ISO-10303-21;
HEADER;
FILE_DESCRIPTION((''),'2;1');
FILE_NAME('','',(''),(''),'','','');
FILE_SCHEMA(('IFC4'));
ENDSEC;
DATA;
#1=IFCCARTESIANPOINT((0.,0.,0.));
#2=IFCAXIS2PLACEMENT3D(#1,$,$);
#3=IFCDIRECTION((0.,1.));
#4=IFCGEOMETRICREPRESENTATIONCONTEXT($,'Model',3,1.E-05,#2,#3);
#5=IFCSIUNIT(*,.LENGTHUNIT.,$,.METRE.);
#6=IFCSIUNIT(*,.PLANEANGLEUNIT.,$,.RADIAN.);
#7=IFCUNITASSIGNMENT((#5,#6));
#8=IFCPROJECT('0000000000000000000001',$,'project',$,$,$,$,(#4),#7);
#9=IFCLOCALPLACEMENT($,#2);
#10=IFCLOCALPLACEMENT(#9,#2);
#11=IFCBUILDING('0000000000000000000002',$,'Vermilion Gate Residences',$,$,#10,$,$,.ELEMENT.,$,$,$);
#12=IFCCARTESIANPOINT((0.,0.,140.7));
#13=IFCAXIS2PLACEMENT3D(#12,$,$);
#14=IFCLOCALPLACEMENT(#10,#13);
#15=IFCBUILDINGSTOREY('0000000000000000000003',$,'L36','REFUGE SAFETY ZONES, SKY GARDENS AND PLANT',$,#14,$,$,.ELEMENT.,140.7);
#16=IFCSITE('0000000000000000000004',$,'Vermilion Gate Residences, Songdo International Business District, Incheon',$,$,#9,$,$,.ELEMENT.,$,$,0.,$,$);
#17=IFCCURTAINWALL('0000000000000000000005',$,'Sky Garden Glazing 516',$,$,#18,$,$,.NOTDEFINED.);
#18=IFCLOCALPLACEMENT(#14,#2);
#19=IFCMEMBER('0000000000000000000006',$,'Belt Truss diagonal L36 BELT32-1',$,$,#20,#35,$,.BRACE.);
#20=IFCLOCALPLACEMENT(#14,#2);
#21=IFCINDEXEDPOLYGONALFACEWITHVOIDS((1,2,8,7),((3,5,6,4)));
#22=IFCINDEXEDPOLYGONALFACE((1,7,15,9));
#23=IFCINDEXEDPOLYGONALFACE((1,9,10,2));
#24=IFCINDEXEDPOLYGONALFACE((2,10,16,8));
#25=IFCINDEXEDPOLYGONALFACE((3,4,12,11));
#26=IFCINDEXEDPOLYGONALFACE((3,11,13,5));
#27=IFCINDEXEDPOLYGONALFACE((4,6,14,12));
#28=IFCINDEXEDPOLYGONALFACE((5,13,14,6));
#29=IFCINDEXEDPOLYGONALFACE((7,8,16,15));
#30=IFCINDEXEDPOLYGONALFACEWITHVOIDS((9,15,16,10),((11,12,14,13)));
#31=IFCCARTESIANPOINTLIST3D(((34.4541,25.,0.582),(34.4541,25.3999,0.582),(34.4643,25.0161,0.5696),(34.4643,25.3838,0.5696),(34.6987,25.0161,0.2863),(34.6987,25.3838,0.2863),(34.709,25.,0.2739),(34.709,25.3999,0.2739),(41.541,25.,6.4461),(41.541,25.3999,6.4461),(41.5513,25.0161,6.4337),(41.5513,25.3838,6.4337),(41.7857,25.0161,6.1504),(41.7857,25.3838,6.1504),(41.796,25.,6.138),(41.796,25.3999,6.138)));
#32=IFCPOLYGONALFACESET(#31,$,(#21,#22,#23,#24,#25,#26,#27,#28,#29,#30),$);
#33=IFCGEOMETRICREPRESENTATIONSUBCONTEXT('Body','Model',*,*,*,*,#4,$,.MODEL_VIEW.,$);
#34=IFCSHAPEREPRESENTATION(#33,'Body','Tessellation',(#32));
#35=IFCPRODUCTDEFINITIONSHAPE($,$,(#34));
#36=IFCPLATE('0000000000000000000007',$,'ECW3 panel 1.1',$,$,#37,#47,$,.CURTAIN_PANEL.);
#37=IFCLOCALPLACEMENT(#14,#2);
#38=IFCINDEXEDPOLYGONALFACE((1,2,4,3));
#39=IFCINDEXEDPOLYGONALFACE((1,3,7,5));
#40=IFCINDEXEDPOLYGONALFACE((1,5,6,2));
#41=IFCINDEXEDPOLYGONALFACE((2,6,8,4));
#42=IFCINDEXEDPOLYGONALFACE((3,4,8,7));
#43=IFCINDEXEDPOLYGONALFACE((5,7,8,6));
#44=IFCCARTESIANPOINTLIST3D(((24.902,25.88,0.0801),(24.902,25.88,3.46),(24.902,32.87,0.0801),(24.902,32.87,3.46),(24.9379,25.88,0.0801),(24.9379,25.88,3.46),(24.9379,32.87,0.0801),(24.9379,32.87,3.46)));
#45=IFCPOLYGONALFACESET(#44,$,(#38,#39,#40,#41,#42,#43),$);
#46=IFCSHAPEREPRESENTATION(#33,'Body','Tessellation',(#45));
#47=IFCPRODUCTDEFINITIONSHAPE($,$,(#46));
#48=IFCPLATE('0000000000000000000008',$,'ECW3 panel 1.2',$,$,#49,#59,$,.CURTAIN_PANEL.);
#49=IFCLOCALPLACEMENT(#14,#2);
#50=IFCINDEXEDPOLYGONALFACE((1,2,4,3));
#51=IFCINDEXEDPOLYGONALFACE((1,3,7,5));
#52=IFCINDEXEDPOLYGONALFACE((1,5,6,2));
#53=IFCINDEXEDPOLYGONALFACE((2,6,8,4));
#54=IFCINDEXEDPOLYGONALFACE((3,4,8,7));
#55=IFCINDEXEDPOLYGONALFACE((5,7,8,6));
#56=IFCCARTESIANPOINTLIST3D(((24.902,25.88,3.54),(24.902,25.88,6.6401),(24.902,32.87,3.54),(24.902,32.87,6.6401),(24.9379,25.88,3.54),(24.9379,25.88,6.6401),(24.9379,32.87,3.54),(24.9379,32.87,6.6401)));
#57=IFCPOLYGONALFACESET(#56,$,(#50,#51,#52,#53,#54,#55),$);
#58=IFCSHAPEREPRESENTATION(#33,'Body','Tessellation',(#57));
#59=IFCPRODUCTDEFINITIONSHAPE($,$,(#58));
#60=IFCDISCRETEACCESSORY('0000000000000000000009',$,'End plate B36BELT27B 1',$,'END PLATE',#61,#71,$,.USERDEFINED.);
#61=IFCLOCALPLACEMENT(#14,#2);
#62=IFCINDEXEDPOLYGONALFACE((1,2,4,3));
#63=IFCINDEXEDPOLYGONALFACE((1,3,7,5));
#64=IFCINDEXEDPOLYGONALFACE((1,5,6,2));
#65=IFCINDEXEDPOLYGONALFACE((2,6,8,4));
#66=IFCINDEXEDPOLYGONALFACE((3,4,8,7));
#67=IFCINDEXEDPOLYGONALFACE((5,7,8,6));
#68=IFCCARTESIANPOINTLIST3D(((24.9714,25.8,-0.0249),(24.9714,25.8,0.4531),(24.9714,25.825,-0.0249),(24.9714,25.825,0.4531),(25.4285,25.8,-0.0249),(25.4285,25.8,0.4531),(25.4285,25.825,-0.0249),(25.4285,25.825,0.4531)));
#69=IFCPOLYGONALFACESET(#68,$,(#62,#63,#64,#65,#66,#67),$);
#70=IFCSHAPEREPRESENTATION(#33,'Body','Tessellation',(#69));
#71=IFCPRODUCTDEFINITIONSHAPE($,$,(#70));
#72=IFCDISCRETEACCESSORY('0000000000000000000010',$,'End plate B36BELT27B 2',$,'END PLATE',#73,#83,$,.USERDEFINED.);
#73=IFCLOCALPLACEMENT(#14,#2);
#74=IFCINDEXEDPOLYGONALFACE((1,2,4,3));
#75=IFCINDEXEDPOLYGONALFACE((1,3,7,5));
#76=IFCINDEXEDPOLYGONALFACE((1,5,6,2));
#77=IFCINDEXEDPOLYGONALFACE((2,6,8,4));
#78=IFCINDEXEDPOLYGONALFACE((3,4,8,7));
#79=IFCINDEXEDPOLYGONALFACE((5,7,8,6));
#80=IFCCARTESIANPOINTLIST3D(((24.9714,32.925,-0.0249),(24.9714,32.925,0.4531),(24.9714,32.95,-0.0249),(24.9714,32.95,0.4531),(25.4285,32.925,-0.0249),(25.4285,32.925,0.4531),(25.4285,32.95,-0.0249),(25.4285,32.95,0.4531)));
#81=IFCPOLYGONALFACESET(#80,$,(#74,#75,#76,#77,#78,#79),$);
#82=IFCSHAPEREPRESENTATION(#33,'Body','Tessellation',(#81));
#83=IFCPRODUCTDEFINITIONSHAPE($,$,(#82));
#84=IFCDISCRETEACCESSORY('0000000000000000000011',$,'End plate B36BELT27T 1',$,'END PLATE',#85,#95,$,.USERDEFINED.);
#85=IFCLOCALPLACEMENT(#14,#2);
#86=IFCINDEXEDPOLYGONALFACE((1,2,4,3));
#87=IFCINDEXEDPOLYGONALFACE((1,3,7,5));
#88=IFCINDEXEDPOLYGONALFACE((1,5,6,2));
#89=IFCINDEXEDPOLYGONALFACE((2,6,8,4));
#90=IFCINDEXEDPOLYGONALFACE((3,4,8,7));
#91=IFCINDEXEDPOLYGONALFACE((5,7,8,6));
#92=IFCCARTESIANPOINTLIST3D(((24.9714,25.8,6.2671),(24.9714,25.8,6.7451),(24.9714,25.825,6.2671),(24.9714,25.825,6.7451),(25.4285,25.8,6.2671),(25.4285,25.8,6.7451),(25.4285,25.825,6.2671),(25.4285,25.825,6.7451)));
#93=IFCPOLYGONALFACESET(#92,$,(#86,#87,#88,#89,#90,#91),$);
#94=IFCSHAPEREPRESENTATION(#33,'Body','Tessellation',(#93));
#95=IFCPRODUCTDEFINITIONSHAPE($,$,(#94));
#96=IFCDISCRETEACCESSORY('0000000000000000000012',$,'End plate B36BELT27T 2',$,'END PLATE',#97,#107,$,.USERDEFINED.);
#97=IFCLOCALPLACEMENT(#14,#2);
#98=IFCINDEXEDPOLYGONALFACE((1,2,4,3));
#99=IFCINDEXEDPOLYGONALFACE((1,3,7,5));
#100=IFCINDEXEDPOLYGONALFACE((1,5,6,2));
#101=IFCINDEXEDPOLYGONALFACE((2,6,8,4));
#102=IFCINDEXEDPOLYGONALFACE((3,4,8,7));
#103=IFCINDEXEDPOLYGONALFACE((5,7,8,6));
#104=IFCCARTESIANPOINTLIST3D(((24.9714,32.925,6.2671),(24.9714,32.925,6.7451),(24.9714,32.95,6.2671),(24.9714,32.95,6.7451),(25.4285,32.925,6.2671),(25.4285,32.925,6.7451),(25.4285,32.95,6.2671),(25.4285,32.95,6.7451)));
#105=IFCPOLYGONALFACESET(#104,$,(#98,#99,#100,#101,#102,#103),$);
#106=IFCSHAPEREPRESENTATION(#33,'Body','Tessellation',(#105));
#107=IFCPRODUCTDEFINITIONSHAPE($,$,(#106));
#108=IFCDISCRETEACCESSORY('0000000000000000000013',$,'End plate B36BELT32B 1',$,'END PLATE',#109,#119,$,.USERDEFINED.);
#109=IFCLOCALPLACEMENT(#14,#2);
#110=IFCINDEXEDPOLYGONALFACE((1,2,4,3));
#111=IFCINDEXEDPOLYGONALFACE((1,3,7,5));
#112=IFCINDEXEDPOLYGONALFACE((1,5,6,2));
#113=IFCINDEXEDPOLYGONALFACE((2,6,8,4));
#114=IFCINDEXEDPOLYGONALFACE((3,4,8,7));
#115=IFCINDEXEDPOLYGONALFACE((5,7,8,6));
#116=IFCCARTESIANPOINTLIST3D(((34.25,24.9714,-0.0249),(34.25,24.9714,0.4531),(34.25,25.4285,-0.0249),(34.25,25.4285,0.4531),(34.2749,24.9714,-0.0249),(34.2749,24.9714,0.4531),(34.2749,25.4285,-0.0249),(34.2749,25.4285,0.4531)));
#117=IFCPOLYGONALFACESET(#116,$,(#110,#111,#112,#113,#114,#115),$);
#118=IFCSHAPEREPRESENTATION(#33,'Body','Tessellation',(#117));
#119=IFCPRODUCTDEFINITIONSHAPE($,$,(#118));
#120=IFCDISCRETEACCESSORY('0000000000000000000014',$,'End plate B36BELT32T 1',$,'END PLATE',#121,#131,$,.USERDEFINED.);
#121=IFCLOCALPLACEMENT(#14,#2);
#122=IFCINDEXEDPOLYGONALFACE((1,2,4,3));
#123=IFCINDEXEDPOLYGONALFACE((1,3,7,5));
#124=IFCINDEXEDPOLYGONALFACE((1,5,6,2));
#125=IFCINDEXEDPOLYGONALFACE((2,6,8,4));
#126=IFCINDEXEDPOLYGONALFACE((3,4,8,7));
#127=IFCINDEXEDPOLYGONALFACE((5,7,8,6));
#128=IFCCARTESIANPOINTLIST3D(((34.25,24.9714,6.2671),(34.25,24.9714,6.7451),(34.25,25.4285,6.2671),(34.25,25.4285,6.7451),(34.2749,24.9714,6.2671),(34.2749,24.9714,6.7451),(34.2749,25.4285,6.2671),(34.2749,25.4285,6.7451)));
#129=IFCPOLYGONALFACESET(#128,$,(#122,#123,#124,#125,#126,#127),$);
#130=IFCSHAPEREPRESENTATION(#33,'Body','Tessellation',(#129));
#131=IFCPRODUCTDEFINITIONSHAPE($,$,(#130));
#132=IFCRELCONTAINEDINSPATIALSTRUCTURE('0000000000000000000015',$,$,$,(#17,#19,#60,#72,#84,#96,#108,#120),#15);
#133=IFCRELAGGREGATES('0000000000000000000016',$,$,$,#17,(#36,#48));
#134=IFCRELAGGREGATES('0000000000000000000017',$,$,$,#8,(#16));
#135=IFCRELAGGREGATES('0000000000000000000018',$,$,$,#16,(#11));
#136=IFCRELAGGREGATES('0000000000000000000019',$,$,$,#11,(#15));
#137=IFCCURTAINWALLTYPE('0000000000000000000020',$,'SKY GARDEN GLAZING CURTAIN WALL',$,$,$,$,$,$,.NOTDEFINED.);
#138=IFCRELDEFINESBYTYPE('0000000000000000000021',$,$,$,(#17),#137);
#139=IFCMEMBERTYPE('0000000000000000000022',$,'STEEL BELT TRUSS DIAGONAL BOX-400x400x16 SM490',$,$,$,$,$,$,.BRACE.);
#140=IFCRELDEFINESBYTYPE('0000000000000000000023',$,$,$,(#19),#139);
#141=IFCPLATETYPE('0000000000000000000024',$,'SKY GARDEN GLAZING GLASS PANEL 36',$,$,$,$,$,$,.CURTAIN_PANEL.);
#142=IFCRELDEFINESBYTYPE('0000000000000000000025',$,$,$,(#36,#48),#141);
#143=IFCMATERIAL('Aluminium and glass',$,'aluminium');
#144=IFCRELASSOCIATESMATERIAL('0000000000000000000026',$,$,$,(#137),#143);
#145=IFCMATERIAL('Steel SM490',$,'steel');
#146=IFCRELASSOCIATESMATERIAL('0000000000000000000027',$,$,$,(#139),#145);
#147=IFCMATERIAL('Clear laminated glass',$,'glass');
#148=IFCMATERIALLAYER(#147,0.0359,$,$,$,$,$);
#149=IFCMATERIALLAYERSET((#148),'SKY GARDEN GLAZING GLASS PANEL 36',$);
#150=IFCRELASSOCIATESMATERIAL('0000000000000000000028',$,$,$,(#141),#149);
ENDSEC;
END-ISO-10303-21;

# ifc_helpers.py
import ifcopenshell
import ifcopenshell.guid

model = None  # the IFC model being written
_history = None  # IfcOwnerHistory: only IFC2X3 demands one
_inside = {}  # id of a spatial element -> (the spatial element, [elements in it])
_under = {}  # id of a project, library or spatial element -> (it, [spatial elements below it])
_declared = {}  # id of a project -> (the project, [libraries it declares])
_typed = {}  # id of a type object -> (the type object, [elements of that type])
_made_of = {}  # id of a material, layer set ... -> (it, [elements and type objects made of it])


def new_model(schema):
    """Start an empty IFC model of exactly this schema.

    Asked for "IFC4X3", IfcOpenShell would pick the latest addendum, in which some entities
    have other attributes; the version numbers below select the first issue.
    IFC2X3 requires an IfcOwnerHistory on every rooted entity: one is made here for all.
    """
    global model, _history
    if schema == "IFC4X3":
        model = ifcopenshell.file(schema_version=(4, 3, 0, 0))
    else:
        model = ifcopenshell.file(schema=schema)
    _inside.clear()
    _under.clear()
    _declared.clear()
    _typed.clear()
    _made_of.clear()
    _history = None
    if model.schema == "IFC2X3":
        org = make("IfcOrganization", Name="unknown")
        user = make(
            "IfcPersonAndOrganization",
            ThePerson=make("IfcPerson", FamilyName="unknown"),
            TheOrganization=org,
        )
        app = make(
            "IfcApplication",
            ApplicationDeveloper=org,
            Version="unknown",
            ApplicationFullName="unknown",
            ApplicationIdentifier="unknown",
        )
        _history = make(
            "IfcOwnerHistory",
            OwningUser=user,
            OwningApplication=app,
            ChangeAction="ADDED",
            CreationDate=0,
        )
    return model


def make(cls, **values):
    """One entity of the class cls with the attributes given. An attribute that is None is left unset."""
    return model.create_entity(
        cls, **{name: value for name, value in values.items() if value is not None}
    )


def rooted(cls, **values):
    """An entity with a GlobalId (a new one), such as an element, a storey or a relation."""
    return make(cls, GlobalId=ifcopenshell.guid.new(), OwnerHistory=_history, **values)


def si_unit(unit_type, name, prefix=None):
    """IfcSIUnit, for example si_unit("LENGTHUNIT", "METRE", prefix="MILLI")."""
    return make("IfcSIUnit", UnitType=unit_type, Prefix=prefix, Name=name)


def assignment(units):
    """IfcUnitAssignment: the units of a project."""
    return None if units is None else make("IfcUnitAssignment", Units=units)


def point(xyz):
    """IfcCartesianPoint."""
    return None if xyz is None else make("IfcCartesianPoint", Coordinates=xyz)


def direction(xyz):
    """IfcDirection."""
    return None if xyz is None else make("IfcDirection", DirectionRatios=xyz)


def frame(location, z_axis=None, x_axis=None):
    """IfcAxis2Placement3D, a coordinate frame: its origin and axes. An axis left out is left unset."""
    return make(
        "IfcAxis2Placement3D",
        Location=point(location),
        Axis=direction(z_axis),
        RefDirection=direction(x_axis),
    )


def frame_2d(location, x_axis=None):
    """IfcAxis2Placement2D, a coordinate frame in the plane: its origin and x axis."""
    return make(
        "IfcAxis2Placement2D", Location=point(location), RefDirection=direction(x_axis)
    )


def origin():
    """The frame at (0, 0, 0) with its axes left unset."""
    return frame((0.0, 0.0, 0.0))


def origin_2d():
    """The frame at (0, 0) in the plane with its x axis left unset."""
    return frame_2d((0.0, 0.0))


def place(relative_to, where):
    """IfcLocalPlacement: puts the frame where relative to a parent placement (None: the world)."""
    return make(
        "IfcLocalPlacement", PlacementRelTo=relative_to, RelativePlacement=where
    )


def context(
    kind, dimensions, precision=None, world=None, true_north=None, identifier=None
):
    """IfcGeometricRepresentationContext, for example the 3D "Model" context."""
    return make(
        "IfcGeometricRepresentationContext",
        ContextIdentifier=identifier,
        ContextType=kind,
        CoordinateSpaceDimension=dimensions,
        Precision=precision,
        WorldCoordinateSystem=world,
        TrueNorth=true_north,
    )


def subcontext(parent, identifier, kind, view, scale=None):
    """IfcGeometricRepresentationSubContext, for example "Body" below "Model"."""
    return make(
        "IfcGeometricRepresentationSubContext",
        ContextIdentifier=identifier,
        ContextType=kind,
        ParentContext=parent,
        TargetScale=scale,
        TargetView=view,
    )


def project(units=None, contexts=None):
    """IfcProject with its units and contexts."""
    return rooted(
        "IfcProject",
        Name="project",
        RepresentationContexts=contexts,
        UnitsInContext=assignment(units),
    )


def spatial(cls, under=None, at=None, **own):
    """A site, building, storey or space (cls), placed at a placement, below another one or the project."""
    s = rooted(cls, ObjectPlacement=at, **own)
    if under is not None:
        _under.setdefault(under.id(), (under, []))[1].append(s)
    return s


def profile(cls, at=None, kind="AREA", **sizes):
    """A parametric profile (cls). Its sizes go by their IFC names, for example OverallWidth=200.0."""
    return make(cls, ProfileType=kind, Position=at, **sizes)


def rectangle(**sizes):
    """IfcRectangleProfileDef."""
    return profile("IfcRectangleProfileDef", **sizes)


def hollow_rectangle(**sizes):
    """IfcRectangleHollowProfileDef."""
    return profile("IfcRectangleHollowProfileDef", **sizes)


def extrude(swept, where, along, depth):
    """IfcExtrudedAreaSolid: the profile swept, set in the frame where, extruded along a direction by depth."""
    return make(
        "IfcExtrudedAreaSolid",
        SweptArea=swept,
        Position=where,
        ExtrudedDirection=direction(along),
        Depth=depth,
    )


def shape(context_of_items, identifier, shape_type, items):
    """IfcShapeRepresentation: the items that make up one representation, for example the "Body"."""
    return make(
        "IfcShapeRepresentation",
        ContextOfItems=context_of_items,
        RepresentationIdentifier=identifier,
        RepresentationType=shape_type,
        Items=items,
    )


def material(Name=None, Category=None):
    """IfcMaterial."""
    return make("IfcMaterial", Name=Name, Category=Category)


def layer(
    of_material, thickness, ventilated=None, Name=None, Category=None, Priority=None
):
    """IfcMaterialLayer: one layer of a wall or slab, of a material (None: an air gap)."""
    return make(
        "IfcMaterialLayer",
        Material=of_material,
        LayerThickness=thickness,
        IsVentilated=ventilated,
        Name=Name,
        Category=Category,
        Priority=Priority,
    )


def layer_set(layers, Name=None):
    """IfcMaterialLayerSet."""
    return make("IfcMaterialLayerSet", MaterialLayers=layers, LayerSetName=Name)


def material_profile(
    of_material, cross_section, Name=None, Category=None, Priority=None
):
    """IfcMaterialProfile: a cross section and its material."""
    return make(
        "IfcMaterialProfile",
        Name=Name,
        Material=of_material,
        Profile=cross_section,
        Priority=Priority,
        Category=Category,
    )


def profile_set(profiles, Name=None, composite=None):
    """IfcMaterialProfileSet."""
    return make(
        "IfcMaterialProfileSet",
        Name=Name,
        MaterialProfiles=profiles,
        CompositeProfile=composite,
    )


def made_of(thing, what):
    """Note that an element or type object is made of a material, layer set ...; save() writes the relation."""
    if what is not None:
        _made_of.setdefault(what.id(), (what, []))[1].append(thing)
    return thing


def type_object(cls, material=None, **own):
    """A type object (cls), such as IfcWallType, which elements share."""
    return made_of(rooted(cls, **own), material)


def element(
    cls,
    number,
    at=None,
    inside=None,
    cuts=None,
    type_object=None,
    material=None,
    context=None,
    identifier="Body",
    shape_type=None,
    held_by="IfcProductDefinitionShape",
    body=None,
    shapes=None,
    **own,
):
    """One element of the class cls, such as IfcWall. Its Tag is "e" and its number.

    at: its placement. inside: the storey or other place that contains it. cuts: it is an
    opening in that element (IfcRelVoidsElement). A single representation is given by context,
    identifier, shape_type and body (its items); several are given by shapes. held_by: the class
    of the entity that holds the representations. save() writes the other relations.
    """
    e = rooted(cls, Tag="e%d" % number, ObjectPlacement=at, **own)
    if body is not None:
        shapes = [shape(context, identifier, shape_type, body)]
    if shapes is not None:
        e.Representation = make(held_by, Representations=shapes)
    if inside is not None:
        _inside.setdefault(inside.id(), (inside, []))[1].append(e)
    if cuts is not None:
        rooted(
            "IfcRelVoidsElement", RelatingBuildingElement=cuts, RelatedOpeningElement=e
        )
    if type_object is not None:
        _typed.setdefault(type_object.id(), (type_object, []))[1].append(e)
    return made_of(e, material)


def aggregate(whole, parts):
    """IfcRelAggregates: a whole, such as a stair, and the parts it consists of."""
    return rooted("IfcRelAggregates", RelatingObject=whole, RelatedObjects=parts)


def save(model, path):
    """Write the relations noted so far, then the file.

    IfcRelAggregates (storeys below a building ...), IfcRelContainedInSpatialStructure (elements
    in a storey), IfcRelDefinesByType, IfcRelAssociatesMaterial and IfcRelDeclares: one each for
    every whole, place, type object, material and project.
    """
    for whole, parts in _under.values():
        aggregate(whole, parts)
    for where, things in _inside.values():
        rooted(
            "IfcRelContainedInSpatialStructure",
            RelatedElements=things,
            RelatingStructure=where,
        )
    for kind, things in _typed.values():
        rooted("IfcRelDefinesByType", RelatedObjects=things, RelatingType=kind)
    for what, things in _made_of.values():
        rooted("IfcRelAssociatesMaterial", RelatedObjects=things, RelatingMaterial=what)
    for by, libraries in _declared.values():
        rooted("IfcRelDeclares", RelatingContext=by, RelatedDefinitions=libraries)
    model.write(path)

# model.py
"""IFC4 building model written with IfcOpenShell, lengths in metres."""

from ifc_helpers import new_model, si_unit, direction, frame, origin, origin_2d, place, context, subcontext, project, spatial, rectangle, hollow_rectangle, extrude, material, layer, layer_set, material_profile, profile_set, type_object, element, aggregate, save


model = new_model("IFC4")

# Units and contexts
model_context = context("Model", 3, precision=1e-05, world=origin(), true_north=direction((0.0, 1.0)))
body_context = subcontext(model_context, "Body", "Model", "MODEL_VIEW")
ifc_project = project(units=[si_unit("LENGTHUNIT", "METRE"), si_unit("PLANEANGLEUNIT", "RADIAN")], contexts=[model_context])

# Site, building, storey
site_placement = place(None, origin())
site = spatial("IfcSite", under=ifc_project, at=site_placement, Name="Vermilion Gate Residences, Songdo International Business District, Incheon", CompositionType="ELEMENT", RefElevation=0.0)
building_placement = place(site_placement, origin())
building = spatial("IfcBuilding", under=site, at=building_placement, Name="Vermilion Gate Residences", CompositionType="ELEMENT")
storey_placement = place(building_placement, frame((0.0, 0.0, 140.7)))
storey = spatial("IfcBuildingStorey", under=building, at=storey_placement, Name="L36", Description="REFUGE SAFETY ZONES, SKY GARDENS AND PLANT", CompositionType="ELEMENT", Elevation=140.7)

# Curtain wall
ifc_material_1 = material(Name="Aluminium and glass", Category="aluminium")
curtain_wall_type = type_object("IfcCurtainWallType", Name="SKY GARDEN GLAZING CURTAIN WALL", PredefinedType="NOTDEFINED", material=ifc_material_1)
curtain_wall_placement = place(storey_placement, origin())
curtain_wall = element("IfcCurtainWall", 1, at=curtain_wall_placement, inside=storey, type_object=curtain_wall_type, Name="Sky Garden Glazing 516", PredefinedType="NOTDEFINED")

# Member
ifc_material_2 = material(Name="Steel SM490", Category="steel")
ifc_material_profile_1 = material_profile(ifc_material_2, hollow_rectangle(XDim=0.3999, YDim=0.3999, WallThickness=0.0161, at=origin_2d()), Name="BOX-400x400x16")
ifc_profile_set_1 = profile_set([ifc_material_profile_1], Name="Steel SM490")
member_type_1 = type_object("IfcMemberType", Name="STEEL BELT TRUSS DIAGONAL BOX-400x400x16 SM490", PredefinedType="BRACE", material=ifc_profile_set_1)
member_1_placement = place(storey_placement, frame((34.5815, 25.2, 0.428), z_axis=(0.770449, 0.0, 0.637502), x_axis=(0.0, 1.0, 0.0)))
element("IfcMember", 2, at=member_1_placement, inside=storey, type_object=member_type_1, Name="Belt Truss diagonal L36 BELT32-1", PredefinedType="BRACE", context=body_context, shape_type="SweptSolid", body=[
    extrude(hollow_rectangle(XDim=0.3999, YDim=0.3999, WallThickness=0.0161, at=origin_2d()), origin(), (0.0, 0.0, 1.0), 9.1985),
])

# Plates
ifc_material_3 = material(Name="Clear laminated glass", Category="glass")
ifc_layer = layer(ifc_material_3, 0.0359)
ifc_layer_set = layer_set([ifc_layer], Name="SKY GARDEN GLAZING GLASS PANEL 36")
plate_type = type_object("IfcPlateType", Name="SKY GARDEN GLAZING GLASS PANEL 36", PredefinedType="CURTAIN_PANEL", material=ifc_layer_set)
plate_1_placement = place(storey_placement, frame((24.9199, 29.375, 0.0801), z_axis=(0.0, 0.0, 1.0), x_axis=(0.0, 1.0, 0.0)))
plate_1 = element("IfcPlate", 3, at=plate_1_placement, type_object=plate_type, Name="ECW3 panel 1.1", PredefinedType="CURTAIN_PANEL", context=body_context, shape_type="SweptSolid", body=[
    extrude(rectangle(XDim=6.99, YDim=0.0359, at=origin_2d()), origin(), (0.0, 0.0, 1.0), 3.3799),
])
plate_2_placement = place(storey_placement, frame((24.9199, 29.375, 3.54), z_axis=(0.0, 0.0, 1.0), x_axis=(0.0, 1.0, 0.0)))
plate_2 = element("IfcPlate", 4, at=plate_2_placement, type_object=plate_type, Name="ECW3 panel 1.2", PredefinedType="CURTAIN_PANEL", context=body_context, shape_type="SweptSolid", body=[
    extrude(rectangle(XDim=6.99, YDim=0.0359, at=origin_2d()), origin(), (0.0, 0.0, 1.0), 3.1001),
])
aggregate(curtain_wall, [plate_1, plate_2])

# Discrete accessories
for number, where, z_axis, x_axis, name in (
    (5, (25.2, 25.8125, -0.0249), (0.0, 0.0, 1.0), (1.0, 0.0, 0.0), "End plate B36BELT27B 1"),
    (6, (25.2, 32.9375, -0.0249), (0.0, 0.0, 1.0), (1.0, 0.0, 0.0), "End plate B36BELT27B 2"),
    (7, (25.2, 25.8125, 6.2671), (0.0, 0.0, 1.0), (1.0, 0.0, 0.0), "End plate B36BELT27T 1"),
    (8, (25.2, 32.9375, 6.2671), (0.0, 0.0, 1.0), (1.0, 0.0, 0.0), "End plate B36BELT27T 2"),
):
    element("IfcDiscreteAccessory", number, at=place(storey_placement, frame(where, z_axis=z_axis, x_axis=x_axis)), inside=storey, Name=name, ObjectType="END PLATE", PredefinedType="USERDEFINED", context=body_context, shape_type="SweptSolid", body=[
        extrude(rectangle(XDim=0.457, YDim=0.0249, at=origin_2d()), origin(), (0.0, 0.0, 1.0), 0.478),
    ])
for number, where, z_axis, x_axis, name in (
    (9, (34.2625, 25.2, -0.0249), (0.0, 0.0, 1.0), (1.0, 0.0, 0.0), "End plate B36BELT32B 1"),
    (10, (34.2625, 25.2, 6.2671), (0.0, 0.0, 1.0), (1.0, 0.0, 0.0), "End plate B36BELT32T 1"),
):
    element("IfcDiscreteAccessory", number, at=place(storey_placement, frame(where, z_axis=z_axis, x_axis=x_axis)), inside=storey, Name=name, ObjectType="END PLATE", PredefinedType="USERDEFINED", context=body_context, shape_type="SweptSolid", body=[
        extrude(rectangle(XDim=0.0249, YDim=0.457, at=origin_2d()), origin(), (0.0, 0.0, 1.0), 0.478),
    ])

save(model, "model.ifc")
